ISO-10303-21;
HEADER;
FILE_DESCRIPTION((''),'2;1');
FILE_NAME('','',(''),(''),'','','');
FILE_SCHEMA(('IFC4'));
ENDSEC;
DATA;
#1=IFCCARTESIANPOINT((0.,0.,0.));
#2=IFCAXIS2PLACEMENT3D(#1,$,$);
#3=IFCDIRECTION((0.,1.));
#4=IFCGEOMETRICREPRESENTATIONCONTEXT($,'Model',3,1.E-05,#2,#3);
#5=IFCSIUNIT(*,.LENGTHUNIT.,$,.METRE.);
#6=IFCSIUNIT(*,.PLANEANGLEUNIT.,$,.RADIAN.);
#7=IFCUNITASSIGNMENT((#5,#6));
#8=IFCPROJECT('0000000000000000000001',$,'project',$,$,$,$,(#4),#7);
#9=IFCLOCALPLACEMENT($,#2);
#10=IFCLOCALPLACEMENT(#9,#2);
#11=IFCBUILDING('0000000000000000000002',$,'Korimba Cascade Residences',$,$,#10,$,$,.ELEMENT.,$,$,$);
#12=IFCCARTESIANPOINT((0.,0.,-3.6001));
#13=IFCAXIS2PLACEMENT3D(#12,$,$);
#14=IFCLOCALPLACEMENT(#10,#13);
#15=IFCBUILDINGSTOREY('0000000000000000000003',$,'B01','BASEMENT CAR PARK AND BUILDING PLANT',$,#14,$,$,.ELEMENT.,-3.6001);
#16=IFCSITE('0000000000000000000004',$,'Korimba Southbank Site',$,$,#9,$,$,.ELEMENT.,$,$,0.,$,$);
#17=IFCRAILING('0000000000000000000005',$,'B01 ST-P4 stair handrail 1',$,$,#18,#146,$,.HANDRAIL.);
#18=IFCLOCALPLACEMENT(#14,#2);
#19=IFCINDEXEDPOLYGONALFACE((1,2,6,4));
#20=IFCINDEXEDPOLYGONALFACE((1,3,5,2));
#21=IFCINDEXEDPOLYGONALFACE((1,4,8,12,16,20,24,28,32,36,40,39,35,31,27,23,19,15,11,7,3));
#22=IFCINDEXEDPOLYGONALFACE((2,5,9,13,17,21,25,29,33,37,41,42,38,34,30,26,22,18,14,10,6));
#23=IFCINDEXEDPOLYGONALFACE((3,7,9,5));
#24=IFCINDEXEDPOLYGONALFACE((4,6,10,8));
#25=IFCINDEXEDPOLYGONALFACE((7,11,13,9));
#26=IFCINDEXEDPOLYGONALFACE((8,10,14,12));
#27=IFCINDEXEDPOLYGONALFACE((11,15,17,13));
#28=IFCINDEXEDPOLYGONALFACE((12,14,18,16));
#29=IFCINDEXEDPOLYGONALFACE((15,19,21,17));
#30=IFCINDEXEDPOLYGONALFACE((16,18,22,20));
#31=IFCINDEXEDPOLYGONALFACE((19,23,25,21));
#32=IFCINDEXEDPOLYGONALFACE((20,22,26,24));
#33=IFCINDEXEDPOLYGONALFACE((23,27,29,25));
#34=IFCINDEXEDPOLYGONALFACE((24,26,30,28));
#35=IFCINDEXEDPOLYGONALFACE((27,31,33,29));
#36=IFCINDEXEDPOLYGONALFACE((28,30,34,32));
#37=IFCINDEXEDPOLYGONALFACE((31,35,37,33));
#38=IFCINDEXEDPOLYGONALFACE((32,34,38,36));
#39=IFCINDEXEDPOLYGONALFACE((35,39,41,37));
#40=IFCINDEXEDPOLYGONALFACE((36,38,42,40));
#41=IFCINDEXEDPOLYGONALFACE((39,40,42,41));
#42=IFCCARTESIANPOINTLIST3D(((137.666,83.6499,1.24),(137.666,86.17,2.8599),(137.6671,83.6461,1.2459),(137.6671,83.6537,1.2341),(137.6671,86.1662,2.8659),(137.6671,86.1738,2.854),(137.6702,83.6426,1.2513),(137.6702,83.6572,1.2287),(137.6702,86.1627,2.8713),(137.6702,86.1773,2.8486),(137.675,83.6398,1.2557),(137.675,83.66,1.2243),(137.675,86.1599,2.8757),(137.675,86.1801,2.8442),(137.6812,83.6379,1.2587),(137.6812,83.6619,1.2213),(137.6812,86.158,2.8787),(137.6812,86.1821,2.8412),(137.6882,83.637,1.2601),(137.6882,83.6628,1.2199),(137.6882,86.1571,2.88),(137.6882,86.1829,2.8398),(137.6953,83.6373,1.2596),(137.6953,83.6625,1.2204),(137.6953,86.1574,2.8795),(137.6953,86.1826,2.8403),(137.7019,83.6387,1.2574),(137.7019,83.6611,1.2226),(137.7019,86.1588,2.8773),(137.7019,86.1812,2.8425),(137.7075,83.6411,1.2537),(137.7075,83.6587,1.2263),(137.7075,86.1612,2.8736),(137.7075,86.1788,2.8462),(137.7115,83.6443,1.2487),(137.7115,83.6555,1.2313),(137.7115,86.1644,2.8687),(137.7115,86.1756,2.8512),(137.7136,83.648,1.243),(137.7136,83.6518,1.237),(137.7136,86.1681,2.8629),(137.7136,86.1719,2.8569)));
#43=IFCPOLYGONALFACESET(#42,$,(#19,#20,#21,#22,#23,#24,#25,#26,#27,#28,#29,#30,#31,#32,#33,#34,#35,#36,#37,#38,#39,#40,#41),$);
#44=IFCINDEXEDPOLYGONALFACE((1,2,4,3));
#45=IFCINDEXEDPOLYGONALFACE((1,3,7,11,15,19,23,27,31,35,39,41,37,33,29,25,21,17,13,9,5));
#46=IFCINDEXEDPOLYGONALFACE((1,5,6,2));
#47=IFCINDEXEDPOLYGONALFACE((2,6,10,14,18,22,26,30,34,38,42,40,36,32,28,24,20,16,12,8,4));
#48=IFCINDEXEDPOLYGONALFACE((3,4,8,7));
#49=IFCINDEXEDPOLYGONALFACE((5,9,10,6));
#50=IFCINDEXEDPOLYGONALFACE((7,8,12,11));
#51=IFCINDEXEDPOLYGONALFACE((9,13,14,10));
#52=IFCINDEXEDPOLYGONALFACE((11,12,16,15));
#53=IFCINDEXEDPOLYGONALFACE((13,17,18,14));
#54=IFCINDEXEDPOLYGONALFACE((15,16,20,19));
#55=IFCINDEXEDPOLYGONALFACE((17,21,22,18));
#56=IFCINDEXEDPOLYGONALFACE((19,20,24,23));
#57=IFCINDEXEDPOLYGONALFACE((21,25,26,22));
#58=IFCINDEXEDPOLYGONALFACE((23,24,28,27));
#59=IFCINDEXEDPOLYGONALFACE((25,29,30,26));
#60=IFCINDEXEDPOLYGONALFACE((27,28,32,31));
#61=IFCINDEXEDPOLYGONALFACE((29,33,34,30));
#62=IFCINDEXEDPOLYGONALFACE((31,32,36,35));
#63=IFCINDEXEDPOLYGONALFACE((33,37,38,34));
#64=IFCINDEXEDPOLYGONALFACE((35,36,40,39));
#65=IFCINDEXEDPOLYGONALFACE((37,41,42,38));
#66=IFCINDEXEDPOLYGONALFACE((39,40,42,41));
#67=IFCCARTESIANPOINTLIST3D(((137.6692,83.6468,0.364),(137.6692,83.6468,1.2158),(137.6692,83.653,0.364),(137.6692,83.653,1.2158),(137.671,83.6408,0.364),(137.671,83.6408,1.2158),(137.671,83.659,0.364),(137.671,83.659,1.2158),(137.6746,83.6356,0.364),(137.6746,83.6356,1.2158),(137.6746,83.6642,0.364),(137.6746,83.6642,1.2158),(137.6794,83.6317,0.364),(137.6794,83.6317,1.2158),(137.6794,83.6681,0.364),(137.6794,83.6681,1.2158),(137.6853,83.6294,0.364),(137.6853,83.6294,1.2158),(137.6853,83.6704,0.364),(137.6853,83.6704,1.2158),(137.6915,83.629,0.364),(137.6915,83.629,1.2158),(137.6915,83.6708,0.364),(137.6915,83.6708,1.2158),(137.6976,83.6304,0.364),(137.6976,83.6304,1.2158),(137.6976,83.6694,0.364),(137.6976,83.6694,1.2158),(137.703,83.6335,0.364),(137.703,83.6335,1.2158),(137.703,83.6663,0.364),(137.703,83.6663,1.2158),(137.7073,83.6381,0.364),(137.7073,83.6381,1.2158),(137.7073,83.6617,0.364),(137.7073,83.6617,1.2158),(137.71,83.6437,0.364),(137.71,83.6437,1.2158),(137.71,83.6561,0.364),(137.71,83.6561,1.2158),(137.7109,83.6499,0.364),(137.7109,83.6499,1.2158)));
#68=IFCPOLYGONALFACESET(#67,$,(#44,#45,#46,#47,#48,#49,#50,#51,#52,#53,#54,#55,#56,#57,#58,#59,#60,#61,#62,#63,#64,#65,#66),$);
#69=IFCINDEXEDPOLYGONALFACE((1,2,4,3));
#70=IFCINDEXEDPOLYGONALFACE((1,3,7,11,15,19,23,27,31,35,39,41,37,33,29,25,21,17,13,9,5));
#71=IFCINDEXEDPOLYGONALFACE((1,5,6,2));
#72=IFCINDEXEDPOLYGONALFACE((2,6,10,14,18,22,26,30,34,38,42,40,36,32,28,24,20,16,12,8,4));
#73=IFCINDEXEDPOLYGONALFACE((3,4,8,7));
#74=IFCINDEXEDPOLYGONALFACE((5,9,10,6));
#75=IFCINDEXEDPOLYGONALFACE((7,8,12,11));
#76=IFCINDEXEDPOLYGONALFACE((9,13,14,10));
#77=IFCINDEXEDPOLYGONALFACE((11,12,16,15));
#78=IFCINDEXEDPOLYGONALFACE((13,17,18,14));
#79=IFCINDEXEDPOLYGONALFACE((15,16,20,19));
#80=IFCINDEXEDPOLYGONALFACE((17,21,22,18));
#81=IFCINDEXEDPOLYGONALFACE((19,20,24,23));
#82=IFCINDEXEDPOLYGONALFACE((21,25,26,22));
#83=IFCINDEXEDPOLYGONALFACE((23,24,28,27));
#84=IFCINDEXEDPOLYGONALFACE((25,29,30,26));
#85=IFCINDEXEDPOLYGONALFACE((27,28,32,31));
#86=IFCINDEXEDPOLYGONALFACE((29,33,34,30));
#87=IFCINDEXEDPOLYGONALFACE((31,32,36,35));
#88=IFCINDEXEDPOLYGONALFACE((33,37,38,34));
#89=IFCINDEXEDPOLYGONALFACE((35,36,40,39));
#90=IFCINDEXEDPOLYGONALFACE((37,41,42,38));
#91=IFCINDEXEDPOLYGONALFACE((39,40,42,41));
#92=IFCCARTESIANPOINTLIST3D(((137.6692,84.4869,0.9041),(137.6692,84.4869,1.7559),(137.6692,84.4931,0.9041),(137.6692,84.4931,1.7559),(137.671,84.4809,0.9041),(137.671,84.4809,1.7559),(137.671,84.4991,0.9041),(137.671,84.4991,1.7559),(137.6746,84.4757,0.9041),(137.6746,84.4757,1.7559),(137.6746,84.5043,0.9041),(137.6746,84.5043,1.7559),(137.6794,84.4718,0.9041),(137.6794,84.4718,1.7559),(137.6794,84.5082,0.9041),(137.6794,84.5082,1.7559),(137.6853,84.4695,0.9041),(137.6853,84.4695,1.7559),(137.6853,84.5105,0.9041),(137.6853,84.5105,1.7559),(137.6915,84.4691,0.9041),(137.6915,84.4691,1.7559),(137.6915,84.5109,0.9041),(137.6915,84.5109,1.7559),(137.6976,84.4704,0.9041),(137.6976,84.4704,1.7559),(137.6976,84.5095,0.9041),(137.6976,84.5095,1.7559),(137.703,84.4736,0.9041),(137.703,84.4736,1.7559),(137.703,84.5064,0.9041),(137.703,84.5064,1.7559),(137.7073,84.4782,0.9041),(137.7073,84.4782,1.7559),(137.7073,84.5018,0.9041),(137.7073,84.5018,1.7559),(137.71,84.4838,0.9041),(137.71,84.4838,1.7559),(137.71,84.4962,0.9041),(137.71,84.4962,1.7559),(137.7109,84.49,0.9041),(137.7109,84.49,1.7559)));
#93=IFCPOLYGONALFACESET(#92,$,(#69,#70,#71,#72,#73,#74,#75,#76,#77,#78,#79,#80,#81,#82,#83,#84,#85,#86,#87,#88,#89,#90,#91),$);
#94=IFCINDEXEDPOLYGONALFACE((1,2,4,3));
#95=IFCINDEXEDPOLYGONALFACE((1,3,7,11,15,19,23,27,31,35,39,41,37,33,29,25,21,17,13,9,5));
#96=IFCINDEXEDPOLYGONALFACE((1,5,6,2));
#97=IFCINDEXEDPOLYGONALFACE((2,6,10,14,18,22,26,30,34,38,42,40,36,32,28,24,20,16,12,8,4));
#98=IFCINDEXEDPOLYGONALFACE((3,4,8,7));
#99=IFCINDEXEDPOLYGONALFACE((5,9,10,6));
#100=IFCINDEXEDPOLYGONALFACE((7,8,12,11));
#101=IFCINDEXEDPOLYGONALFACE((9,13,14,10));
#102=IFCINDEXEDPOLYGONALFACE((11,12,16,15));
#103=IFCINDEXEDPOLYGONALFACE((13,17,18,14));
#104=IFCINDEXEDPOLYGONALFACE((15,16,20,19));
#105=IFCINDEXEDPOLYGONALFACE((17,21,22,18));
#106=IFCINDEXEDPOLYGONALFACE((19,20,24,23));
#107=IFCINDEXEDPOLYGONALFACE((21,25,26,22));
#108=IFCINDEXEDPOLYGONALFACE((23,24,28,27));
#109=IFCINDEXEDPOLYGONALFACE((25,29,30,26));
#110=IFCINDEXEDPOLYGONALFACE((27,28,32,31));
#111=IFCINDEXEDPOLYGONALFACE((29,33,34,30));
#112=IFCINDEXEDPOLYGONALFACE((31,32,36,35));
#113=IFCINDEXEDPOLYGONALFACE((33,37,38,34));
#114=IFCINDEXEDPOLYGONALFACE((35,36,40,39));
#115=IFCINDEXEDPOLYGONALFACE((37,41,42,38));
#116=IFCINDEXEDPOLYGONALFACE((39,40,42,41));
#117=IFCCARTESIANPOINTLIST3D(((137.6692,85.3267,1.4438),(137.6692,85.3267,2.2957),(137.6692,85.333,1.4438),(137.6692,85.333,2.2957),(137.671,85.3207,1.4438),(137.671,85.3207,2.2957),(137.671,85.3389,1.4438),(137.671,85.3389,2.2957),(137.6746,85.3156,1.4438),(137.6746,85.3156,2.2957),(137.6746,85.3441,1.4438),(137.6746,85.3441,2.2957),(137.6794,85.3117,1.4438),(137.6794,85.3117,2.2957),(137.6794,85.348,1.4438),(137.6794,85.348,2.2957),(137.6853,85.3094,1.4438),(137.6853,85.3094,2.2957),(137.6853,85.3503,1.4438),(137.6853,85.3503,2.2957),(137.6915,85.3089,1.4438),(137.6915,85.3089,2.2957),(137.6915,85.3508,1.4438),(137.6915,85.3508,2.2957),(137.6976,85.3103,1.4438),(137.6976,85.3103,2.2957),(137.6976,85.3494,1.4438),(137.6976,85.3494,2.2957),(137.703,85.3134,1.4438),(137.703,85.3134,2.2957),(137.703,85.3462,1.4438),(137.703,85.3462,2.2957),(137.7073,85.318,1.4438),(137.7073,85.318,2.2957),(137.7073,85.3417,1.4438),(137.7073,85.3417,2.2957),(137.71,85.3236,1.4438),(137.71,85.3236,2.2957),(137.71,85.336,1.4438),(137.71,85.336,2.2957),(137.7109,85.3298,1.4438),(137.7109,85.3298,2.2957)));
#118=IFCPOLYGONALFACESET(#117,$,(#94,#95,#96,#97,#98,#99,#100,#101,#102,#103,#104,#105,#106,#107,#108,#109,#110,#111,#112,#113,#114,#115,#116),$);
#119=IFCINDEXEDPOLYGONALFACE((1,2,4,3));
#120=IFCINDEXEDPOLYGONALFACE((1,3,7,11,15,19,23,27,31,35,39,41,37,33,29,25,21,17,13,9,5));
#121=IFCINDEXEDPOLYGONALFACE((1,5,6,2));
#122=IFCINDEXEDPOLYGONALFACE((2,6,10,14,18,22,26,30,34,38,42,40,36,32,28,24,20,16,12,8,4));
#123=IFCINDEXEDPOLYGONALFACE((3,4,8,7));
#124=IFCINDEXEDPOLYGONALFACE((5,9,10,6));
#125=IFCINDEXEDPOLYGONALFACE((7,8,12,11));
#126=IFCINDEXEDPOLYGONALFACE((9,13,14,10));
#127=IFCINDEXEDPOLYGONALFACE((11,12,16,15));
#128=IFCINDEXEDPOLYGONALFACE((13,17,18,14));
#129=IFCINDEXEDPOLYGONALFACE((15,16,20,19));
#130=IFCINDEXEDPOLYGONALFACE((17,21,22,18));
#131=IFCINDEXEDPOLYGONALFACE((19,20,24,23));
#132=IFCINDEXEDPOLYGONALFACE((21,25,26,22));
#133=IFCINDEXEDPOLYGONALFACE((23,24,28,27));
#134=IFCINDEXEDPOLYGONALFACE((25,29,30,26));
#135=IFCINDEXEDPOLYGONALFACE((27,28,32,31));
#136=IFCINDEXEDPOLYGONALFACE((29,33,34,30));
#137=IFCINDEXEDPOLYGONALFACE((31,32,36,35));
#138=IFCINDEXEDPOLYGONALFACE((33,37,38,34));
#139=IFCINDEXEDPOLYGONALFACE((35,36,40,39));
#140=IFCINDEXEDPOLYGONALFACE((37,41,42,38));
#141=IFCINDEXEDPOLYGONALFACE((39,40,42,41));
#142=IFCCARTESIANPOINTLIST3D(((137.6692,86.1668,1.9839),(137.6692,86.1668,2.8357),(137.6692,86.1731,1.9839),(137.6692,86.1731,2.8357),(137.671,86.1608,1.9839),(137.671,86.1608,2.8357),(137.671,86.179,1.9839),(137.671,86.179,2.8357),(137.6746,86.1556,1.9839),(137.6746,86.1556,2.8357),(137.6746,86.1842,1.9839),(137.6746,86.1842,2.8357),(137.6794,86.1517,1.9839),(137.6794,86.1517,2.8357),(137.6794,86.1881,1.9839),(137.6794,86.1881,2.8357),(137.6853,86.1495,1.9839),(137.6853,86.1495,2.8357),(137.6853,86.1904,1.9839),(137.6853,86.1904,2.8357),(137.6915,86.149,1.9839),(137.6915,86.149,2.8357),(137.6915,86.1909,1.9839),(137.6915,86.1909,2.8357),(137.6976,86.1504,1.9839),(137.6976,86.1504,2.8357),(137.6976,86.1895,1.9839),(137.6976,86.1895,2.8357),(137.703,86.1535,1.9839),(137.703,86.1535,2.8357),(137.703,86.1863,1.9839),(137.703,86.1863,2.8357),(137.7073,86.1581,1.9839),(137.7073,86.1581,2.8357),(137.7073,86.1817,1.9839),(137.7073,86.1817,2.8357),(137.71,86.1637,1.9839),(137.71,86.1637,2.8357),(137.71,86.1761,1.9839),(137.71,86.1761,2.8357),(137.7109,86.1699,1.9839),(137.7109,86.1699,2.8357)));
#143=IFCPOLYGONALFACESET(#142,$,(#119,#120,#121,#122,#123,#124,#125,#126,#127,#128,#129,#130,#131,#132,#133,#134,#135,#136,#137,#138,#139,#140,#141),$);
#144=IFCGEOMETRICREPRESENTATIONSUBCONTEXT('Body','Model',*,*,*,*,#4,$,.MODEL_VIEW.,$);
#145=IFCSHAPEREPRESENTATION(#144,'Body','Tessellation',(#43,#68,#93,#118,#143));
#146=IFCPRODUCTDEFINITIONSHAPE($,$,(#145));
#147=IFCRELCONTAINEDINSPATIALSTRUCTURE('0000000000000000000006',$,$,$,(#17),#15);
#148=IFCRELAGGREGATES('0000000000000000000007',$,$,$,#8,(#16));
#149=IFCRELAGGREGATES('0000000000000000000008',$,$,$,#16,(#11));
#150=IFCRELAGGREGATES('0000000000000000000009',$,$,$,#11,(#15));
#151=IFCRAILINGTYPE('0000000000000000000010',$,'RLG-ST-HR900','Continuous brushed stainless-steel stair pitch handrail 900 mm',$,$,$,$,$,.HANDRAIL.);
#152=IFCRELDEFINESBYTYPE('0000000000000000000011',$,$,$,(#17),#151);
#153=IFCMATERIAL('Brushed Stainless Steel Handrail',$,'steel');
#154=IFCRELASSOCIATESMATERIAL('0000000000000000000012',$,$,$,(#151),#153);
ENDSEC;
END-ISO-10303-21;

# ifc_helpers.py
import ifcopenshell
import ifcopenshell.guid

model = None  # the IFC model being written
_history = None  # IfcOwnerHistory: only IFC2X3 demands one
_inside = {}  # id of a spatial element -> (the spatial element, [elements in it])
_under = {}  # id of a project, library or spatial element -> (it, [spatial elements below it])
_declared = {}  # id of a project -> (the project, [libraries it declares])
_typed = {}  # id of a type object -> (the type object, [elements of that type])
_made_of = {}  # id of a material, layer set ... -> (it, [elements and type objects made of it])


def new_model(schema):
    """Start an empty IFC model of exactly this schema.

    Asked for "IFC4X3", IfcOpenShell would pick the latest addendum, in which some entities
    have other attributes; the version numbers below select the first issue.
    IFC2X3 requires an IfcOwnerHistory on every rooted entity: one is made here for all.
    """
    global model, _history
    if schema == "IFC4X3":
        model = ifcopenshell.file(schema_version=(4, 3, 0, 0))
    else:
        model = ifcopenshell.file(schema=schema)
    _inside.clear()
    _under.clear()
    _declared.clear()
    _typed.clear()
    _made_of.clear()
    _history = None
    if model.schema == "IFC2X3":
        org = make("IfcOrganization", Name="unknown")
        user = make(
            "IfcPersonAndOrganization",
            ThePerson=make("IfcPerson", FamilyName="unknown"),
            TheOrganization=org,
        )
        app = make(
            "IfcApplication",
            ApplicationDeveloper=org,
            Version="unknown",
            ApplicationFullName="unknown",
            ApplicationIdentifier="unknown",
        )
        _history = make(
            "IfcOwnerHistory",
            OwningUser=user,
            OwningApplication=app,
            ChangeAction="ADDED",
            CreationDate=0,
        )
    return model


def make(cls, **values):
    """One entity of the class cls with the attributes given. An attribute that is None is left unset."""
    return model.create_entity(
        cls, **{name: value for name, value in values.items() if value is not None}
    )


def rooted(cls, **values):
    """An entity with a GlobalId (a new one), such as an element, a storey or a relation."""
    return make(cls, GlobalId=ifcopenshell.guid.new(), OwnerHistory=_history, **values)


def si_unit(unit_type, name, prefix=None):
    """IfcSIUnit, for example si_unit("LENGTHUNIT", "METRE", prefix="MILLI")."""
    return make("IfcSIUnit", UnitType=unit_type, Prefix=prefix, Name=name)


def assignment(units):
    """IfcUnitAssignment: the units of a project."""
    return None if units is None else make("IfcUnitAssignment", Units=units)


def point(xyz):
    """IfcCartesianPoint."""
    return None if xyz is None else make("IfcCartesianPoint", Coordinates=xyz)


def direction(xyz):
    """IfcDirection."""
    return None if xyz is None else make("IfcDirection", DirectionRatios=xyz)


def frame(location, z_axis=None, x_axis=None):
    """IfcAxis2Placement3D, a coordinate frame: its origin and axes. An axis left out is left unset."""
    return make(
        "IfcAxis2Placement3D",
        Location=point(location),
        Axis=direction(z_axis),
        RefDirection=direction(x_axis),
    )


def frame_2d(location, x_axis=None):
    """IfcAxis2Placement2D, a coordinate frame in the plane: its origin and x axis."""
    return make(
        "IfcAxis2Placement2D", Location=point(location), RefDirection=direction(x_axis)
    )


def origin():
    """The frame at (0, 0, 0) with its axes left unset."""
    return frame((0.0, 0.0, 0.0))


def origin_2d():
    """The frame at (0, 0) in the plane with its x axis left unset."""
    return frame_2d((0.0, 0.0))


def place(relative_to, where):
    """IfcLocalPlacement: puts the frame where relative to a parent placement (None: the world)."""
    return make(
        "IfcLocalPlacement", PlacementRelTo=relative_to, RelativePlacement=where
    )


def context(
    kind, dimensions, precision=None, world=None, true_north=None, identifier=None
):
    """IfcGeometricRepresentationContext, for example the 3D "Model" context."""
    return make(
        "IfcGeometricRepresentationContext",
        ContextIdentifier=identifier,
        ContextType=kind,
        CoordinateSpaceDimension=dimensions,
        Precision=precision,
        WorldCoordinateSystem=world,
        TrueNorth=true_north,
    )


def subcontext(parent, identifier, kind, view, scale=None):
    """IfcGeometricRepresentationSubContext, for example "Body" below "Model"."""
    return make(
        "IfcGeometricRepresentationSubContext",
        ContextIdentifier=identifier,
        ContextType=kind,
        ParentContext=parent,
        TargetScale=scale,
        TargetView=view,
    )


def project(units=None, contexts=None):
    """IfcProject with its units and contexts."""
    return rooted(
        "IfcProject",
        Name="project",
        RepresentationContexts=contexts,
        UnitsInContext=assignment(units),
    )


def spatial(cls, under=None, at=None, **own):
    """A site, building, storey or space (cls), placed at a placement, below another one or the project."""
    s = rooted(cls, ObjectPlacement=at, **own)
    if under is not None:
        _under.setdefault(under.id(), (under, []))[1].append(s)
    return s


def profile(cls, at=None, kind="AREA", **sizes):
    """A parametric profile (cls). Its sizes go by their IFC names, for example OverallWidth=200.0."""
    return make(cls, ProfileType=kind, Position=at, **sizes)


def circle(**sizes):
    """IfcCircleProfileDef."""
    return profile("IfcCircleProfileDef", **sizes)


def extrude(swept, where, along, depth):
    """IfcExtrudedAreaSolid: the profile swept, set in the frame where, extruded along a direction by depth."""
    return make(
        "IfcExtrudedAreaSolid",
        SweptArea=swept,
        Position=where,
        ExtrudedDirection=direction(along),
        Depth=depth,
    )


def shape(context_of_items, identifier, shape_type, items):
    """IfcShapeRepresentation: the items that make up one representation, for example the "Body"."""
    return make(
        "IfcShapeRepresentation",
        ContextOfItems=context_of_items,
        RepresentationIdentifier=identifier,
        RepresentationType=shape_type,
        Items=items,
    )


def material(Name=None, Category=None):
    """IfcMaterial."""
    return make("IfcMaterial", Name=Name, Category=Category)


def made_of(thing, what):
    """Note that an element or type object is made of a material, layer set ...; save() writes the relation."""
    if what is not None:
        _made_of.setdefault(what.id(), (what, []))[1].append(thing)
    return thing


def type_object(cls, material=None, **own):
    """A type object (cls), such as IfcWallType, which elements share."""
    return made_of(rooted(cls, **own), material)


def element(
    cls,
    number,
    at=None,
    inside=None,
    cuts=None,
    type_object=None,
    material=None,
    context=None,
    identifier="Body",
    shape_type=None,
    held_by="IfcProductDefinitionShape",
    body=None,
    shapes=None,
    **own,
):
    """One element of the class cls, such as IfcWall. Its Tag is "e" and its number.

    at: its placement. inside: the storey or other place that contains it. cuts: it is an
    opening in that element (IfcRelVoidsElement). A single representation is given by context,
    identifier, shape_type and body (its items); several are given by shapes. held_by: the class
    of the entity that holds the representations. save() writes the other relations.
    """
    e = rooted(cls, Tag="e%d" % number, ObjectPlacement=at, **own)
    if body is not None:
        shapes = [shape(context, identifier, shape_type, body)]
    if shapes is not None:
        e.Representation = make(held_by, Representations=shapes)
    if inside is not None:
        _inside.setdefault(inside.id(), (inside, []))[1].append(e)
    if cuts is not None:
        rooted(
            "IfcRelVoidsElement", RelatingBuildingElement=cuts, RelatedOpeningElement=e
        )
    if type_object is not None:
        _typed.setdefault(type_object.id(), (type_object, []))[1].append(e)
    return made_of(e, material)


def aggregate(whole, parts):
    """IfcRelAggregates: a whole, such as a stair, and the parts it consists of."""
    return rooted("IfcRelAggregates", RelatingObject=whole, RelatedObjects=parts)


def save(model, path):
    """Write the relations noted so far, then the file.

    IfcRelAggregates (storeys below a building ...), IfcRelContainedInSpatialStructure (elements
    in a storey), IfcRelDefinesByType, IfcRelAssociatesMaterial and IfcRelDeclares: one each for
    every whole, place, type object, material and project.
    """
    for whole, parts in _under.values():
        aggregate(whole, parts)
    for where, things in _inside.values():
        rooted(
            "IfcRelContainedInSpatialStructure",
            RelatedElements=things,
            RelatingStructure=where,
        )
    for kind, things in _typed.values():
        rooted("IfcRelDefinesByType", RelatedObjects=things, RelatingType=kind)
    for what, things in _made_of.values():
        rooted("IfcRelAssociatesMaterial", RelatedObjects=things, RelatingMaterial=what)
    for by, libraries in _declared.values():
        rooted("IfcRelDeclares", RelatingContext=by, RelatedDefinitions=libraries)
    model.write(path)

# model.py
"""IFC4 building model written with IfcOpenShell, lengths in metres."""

from ifc_helpers import new_model, si_unit, direction, frame, origin, origin_2d, place, context, subcontext, project, spatial, circle, extrude, material, type_object, element, save


model = new_model("IFC4")

# Units and contexts
model_context = context("Model", 3, precision=1e-05, world=origin(), true_north=direction((0.0, 1.0)))
body_context = subcontext(model_context, "Body", "Model", "MODEL_VIEW")
ifc_project = project(units=[si_unit("LENGTHUNIT", "METRE"), si_unit("PLANEANGLEUNIT", "RADIAN")], contexts=[model_context])

# Site, building, storey
site_placement = place(None, origin())
site = spatial("IfcSite", under=ifc_project, at=site_placement, Name="Korimba Southbank Site", CompositionType="ELEMENT", RefElevation=0.0)
building_placement = place(site_placement, origin())
building = spatial("IfcBuilding", under=site, at=building_placement, Name="Korimba Cascade Residences", CompositionType="ELEMENT")
storey_placement = place(building_placement, frame((0.0, 0.0, -3.6001)))
storey = spatial("IfcBuildingStorey", under=building, at=storey_placement, Name="B01", Description="BASEMENT CAR PARK AND BUILDING PLANT", CompositionType="ELEMENT", Elevation=-3.6001)

# Railing
ifc_material_1 = material(Name="Brushed Stainless Steel Handrail", Category="steel")
railing_type_1 = type_object("IfcRailingType", Name="RLG-ST-HR900", Description="Continuous brushed stainless-steel stair pitch handrail 900 mm", PredefinedType="HANDRAIL", material=ifc_material_1)
railing_1_placement = place(storey_placement, frame((137.6899, 83.6499, 0.364)))
element("IfcRailing", 1, at=railing_1_placement, inside=storey, type_object=railing_type_1, Name="B01 ST-P4 stair handrail 1", PredefinedType="HANDRAIL", context=body_context, shape_type="SweptSolid", body=[
    extrude(circle(Radius=0.0239, at=origin_2d()), frame((0.0, 0.0, 0.876), z_axis=(0.0, 0.8412, 0.540725), x_axis=(-1.0, 0.0, 0.0)), (0.0, 0.0, 1.0), 2.9958),
    extrude(circle(Radius=0.021, at=origin_2d()), origin(), (0.0, 0.0, 1.0), 0.8518),
    extrude(circle(Radius=0.021, at=origin_2d()), frame((0.0, 0.8401, 0.54)), (0.0, 0.0, 1.0), 0.8518),
    extrude(circle(Radius=0.021, at=origin_2d()), frame((0.0, 1.6799, 1.0798)), (0.0, 0.0, 1.0), 0.8518),
    extrude(circle(Radius=0.021, at=origin_2d()), frame((0.0, 2.52, 1.6199)), (0.0, 0.0, 1.0), 0.8518),
])

save(model, "model.ifc")
